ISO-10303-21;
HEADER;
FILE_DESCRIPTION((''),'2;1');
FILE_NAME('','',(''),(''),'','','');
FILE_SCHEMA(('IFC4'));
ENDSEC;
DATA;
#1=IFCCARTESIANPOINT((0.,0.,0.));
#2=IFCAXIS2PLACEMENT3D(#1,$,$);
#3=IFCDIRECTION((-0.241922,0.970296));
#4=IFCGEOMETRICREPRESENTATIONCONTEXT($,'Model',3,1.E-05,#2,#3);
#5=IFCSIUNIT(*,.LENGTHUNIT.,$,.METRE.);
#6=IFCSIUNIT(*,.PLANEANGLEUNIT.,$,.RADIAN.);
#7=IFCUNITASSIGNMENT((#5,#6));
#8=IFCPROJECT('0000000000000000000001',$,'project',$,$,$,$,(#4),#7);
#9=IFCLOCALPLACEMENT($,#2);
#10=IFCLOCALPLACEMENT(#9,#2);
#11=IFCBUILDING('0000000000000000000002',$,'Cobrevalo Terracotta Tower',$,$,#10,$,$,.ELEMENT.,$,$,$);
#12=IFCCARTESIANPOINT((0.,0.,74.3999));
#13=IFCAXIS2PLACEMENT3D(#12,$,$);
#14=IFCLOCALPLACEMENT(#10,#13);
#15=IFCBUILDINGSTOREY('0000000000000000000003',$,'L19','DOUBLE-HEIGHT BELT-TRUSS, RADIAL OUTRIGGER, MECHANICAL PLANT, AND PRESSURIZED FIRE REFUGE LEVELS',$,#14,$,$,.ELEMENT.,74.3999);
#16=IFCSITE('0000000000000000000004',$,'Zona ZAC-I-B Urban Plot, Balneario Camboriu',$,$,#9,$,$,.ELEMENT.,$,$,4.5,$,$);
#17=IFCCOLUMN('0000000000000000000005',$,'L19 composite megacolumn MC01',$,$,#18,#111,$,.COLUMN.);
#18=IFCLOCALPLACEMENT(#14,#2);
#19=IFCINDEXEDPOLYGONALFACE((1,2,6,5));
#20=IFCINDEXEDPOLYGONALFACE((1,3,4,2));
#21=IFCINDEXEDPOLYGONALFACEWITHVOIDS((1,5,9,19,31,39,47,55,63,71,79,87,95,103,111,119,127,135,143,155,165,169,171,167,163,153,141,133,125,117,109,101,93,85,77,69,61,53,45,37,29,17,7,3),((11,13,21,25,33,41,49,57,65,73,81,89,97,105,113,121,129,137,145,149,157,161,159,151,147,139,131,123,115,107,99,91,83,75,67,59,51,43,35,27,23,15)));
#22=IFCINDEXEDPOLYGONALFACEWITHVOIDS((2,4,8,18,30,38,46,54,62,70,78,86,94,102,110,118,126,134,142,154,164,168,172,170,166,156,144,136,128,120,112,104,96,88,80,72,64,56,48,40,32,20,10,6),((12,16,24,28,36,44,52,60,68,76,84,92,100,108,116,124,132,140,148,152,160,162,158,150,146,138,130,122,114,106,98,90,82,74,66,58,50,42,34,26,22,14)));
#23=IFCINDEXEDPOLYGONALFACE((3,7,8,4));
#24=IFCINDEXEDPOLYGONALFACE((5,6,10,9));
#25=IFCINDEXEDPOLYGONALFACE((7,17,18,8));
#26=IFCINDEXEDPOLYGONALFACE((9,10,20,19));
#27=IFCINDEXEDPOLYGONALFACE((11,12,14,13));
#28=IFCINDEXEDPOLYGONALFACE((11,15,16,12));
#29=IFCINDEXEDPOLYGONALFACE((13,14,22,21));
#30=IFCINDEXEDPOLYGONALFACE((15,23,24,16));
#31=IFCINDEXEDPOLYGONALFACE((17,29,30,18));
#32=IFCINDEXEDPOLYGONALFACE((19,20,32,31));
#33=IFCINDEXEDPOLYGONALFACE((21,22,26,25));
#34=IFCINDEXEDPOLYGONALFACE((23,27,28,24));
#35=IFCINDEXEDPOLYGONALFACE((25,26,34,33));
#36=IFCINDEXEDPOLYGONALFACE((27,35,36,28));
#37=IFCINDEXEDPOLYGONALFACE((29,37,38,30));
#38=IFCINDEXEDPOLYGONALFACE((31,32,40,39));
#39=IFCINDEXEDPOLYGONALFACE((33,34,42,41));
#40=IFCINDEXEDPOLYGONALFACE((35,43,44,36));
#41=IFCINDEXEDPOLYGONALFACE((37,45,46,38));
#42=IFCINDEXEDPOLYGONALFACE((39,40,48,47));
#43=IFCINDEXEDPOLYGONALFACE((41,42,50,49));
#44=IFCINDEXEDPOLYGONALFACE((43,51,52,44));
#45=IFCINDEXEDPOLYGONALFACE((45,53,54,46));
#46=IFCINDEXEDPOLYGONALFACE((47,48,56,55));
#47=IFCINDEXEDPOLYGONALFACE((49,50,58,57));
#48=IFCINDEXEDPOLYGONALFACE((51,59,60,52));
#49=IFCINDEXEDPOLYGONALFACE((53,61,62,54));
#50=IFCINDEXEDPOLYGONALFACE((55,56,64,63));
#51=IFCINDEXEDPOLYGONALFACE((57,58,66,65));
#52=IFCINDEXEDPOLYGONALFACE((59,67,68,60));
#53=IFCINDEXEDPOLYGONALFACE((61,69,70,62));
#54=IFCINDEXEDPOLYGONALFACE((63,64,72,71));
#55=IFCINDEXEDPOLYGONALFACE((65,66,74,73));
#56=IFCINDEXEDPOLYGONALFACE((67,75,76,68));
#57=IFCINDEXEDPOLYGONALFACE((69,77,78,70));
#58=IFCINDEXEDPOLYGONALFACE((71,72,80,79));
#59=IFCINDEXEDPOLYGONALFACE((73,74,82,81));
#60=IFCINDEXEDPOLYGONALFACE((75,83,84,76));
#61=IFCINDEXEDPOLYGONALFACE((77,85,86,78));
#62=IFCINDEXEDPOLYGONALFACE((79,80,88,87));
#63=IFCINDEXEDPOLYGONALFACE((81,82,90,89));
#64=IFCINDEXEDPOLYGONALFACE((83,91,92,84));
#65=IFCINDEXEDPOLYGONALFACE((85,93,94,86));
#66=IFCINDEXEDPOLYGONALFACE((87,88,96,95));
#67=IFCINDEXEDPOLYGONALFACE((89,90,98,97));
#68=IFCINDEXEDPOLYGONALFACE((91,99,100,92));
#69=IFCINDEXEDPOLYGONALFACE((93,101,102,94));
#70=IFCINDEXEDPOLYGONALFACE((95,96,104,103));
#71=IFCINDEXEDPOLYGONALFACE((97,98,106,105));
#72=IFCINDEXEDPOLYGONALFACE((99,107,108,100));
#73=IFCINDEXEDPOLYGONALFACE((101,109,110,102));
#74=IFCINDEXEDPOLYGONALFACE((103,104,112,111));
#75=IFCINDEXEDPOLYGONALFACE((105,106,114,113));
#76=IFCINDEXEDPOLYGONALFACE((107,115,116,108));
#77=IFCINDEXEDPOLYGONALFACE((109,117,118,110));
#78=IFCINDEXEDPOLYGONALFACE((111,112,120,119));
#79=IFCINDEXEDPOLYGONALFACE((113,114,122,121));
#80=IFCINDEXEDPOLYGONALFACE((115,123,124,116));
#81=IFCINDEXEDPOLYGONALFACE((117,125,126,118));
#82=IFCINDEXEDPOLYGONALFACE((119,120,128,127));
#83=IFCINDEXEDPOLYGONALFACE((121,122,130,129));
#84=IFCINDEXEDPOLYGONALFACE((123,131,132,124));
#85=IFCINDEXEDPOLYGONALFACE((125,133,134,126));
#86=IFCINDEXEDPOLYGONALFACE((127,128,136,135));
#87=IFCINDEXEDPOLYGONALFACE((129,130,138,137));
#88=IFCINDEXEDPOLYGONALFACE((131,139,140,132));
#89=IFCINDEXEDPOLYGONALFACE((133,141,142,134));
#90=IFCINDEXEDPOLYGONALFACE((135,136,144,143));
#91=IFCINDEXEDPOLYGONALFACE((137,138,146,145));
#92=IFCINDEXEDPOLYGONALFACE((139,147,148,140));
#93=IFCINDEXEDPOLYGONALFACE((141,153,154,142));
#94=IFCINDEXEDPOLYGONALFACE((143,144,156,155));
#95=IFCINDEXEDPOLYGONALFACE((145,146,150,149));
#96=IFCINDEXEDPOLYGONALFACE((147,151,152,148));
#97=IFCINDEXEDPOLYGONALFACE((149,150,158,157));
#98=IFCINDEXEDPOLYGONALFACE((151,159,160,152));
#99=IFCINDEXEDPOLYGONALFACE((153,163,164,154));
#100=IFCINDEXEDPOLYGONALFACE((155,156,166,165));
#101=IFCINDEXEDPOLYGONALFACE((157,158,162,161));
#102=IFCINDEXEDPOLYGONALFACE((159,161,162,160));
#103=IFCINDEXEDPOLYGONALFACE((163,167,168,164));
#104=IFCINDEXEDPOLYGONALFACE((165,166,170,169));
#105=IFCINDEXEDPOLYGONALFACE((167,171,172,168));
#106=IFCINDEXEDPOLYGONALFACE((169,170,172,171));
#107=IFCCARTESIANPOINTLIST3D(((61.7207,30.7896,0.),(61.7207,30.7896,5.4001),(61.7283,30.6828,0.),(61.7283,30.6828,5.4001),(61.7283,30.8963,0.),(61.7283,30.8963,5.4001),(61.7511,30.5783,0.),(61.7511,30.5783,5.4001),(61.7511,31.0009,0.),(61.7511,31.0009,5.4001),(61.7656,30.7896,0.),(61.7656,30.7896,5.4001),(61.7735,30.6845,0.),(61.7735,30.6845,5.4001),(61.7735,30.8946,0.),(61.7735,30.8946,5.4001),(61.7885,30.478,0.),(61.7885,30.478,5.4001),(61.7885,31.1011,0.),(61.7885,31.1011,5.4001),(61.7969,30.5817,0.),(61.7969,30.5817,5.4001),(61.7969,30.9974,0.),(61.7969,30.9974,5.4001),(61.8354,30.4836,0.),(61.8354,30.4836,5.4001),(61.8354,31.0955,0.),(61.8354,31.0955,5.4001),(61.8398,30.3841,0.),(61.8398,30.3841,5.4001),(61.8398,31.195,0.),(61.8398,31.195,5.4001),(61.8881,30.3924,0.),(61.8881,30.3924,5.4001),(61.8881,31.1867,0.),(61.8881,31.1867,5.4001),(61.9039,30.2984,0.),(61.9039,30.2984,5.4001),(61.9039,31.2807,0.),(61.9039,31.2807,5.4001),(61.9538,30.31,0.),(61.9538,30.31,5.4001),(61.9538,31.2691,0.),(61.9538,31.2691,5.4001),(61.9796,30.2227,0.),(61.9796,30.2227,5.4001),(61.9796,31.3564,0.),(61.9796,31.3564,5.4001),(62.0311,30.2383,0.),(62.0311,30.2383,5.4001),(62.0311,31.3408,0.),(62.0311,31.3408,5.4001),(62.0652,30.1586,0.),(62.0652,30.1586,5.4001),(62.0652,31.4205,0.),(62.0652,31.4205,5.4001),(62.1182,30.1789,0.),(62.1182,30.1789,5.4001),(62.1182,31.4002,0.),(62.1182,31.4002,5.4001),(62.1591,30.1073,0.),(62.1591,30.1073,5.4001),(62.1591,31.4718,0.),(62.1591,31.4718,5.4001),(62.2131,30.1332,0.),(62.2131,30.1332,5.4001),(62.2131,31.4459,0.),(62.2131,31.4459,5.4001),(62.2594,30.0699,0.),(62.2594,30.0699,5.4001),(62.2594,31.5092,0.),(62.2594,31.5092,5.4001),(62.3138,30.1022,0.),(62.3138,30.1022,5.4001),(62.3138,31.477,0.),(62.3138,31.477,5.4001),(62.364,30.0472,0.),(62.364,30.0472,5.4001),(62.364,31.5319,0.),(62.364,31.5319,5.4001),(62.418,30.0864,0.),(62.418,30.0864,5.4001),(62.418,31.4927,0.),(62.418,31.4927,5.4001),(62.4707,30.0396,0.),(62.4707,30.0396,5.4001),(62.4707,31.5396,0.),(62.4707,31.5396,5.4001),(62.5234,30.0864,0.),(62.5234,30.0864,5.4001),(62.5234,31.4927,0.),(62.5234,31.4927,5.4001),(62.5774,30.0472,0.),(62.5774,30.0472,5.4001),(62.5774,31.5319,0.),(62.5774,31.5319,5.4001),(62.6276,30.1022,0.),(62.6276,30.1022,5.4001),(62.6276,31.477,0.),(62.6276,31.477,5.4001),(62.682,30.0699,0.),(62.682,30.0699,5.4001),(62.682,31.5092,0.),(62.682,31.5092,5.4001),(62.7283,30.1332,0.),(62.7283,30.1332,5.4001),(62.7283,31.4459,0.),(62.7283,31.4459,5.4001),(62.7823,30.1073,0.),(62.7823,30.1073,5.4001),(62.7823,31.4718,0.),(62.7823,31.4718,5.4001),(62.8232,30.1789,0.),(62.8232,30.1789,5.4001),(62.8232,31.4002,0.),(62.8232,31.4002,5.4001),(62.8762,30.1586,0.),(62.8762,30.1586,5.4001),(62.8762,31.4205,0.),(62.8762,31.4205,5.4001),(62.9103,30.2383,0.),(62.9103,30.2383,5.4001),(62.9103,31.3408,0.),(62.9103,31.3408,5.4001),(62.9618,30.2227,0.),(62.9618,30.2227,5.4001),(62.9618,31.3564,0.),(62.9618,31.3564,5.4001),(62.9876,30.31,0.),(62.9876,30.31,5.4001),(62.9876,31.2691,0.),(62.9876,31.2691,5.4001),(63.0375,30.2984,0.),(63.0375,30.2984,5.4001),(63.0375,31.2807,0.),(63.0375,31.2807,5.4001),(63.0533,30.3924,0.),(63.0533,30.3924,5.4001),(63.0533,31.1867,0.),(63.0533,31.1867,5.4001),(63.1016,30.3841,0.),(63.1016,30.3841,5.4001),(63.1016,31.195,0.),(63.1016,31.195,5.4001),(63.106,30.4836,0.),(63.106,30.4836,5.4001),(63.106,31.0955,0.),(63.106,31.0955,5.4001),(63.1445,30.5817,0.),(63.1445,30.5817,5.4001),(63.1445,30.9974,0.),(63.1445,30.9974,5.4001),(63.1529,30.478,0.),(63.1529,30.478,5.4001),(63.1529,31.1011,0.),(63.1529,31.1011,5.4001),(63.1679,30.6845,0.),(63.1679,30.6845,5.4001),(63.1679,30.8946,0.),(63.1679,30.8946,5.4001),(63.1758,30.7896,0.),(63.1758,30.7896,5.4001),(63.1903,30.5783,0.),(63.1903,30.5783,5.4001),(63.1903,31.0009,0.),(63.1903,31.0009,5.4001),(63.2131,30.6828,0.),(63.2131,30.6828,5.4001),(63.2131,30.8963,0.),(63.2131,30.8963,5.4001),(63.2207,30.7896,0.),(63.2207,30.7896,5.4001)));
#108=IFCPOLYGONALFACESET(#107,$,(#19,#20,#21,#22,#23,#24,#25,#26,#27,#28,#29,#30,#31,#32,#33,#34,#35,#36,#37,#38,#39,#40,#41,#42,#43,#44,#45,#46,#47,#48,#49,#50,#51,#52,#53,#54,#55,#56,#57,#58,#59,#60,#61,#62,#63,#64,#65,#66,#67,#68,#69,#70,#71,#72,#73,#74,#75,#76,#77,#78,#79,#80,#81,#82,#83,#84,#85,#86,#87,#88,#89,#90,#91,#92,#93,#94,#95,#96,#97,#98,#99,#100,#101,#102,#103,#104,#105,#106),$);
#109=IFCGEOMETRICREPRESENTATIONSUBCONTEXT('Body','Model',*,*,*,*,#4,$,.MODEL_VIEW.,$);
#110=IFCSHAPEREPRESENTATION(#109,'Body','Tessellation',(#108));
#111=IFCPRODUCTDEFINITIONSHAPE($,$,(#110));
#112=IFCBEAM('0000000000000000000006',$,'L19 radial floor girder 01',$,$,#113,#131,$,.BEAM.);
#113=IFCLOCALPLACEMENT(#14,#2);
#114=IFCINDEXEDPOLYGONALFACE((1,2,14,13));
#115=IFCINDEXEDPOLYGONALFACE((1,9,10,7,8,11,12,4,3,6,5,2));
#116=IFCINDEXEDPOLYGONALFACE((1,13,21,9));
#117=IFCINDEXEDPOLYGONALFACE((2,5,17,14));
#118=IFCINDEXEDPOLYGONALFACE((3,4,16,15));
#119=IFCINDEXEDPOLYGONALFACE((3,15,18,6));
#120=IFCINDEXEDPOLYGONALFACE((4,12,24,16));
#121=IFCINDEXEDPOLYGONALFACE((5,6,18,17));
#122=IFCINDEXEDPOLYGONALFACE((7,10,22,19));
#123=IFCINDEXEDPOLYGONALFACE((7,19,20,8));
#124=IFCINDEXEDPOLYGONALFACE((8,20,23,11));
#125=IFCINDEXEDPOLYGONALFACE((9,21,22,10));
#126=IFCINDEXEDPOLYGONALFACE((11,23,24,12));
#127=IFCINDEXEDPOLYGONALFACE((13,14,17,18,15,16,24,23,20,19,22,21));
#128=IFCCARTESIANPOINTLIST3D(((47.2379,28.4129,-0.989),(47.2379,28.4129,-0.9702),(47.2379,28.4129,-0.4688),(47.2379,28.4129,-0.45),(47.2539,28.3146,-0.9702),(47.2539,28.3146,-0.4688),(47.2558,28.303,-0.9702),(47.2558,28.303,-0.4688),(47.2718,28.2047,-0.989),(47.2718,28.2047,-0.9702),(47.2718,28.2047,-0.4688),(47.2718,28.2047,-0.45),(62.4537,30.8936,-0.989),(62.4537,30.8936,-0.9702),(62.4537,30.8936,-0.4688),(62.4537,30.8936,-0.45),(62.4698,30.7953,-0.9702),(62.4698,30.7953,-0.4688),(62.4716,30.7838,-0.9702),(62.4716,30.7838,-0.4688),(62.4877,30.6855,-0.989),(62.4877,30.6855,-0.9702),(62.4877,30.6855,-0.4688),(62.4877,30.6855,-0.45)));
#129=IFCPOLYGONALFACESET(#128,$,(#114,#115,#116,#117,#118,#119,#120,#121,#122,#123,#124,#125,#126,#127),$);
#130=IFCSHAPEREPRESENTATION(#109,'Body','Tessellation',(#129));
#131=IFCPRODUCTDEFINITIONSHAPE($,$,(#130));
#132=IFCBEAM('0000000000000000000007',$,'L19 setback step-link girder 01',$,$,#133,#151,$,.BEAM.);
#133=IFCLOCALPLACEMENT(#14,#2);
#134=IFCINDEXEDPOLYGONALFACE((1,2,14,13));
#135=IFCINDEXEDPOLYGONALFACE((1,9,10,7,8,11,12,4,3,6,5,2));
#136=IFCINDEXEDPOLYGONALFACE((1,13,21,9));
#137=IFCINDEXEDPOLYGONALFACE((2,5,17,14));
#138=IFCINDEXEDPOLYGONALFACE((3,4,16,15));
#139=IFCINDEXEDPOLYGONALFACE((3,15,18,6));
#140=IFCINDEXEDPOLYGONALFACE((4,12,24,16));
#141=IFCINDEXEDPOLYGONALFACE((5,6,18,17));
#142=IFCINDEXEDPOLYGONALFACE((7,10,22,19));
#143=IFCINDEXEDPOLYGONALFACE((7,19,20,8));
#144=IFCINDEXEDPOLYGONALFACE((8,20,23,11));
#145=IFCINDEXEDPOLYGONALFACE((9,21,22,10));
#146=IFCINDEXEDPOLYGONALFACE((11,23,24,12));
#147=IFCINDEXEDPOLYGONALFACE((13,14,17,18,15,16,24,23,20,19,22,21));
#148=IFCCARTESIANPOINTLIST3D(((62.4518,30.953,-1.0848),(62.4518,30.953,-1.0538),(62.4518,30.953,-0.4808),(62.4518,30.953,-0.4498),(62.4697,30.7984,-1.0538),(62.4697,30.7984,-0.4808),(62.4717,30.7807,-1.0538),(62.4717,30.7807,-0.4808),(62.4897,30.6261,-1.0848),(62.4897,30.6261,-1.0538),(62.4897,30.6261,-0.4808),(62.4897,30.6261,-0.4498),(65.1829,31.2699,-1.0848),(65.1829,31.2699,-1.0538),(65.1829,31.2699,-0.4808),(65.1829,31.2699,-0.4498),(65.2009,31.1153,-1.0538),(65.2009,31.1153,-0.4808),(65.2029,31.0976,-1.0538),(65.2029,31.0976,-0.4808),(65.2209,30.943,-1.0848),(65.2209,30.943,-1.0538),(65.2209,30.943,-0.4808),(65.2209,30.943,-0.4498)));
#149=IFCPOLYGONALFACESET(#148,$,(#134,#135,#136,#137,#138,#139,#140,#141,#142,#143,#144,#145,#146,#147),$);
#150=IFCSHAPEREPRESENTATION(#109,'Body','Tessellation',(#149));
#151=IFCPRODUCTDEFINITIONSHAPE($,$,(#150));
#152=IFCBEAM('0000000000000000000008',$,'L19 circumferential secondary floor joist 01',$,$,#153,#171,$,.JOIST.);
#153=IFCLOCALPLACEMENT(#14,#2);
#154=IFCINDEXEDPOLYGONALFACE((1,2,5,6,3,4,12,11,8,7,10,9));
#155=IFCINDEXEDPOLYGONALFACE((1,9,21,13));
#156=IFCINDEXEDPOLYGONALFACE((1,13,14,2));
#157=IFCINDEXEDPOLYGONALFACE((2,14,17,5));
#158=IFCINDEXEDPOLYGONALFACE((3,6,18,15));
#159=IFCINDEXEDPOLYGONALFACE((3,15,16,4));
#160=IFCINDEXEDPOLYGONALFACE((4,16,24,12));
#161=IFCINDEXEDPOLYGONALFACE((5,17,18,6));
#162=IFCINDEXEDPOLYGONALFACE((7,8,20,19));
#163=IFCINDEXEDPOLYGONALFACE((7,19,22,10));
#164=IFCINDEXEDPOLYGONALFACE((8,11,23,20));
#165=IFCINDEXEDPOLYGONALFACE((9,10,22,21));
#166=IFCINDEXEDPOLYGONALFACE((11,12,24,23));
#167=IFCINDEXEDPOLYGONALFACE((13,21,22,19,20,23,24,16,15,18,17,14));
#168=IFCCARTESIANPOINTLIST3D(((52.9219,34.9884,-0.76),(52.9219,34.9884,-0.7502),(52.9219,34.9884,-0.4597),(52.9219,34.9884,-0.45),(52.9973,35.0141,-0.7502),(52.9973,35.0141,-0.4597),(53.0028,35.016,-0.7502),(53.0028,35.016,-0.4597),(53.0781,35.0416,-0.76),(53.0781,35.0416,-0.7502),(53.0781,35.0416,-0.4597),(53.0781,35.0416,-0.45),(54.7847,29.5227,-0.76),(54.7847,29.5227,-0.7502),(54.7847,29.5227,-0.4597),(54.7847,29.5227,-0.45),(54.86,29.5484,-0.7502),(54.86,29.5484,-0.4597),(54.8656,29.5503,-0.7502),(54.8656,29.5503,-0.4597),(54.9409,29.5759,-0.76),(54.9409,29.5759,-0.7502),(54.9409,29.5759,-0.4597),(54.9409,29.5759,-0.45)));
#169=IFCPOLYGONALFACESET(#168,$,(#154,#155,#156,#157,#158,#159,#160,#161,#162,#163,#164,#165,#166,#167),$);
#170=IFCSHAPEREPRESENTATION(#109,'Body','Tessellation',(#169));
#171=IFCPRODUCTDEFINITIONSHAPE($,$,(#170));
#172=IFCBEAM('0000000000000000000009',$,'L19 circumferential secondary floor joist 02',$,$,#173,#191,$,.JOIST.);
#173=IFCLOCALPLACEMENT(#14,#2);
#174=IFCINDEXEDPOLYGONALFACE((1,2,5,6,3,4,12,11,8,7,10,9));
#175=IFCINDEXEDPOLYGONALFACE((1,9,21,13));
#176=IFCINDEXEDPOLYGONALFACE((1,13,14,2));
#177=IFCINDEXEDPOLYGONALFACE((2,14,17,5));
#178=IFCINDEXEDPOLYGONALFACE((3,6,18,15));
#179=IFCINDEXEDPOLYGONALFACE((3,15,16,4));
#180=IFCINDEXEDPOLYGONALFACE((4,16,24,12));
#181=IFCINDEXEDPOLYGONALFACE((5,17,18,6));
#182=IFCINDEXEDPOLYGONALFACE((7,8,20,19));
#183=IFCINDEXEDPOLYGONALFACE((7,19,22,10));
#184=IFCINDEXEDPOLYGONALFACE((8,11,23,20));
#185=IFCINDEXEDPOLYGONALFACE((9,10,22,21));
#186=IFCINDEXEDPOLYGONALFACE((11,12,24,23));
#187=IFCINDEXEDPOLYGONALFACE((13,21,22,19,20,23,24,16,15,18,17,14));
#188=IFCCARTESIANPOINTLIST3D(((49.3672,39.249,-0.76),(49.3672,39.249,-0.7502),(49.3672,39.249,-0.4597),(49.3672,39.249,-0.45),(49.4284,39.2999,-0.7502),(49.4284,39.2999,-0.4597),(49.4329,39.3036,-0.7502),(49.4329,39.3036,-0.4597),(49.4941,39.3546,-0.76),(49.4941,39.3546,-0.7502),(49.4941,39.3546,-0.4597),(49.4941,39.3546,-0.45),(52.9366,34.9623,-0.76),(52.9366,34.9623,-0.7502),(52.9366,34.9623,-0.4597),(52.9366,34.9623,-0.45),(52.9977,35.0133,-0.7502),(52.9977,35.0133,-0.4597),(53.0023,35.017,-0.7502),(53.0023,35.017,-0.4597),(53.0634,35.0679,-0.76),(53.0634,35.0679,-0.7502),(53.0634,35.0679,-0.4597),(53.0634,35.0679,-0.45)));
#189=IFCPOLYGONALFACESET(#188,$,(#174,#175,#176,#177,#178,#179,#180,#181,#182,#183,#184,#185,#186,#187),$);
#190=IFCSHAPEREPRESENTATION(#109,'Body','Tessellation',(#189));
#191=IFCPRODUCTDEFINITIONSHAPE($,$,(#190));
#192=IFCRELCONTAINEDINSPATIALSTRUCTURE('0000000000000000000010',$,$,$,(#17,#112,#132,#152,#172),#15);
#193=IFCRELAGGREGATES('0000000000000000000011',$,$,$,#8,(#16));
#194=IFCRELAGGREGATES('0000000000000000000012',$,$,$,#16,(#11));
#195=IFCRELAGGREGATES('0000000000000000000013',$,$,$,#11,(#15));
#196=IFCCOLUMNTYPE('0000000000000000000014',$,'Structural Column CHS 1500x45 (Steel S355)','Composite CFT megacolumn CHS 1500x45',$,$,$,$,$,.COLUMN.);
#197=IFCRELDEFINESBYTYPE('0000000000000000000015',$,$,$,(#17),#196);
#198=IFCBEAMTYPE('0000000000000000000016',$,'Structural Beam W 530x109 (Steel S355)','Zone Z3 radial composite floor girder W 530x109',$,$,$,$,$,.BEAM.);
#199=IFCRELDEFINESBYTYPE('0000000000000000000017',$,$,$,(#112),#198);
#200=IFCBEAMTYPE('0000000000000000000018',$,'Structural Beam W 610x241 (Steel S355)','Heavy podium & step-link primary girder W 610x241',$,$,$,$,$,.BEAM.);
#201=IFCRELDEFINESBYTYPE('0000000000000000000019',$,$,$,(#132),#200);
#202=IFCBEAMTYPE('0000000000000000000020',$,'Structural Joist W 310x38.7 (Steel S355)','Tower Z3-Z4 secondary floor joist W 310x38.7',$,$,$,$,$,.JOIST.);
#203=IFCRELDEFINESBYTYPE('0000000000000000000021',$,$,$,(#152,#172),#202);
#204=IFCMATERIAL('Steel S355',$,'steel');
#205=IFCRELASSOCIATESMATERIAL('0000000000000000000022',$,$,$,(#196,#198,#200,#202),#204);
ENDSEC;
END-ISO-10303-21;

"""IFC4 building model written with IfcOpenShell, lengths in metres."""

from ifc_helpers import new_model, si_unit, direction, frame, origin, origin_2d, place, context, subcontext, project, spatial, hollow_circle, i_section, extrude, material, material_profile, profile_set, type_object, element, save


model = new_model("IFC4")

# Units and contexts
model_context = context("Model", 3, precision=1e-05, world=origin(), true_north=direction((-0.241922, 0.970296)))
body_context = subcontext(model_context, "Body", "Model", "MODEL_VIEW")
ifc_project = project(units=[si_unit("LENGTHUNIT", "METRE"), si_unit("PLANEANGLEUNIT", "RADIAN")], contexts=[model_context])

# Site, building, storey
site_placement = place(None, origin())
site = spatial("IfcSite", under=ifc_project, at=site_placement, Name="Zona ZAC-I-B Urban Plot, Balneario Camboriu", CompositionType="ELEMENT", RefElevation=4.5)
building_placement = place(site_placement, origin())
building = spatial("IfcBuilding", under=site, at=building_placement, Name="Cobrevalo Terracotta Tower", CompositionType="ELEMENT")
storey_placement = place(building_placement, frame((0.0, 0.0, 74.3999)))
storey = spatial("IfcBuildingStorey", under=building, at=storey_placement, Name="L19", Description="DOUBLE-HEIGHT BELT-TRUSS, RADIAL OUTRIGGER, MECHANICAL PLANT, AND PRESSURIZED FIRE REFUGE LEVELS", CompositionType="ELEMENT", Elevation=74.3999)

# Column
ifc_material_1 = material(Name="Steel S355", Category="steel")
ifc_material_profile_1 = material_profile(ifc_material_1, hollow_circle(Radius=0.75, WallThickness=0.0449, at=origin_2d()), Name="CHS 1500x45")
ifc_profile_set_1 = profile_set([ifc_material_profile_1], Name="Steel S355")
column_type = type_object("IfcColumnType", Name="Structural Column CHS 1500x45 (Steel S355)", Description="Composite CFT megacolumn CHS 1500x45", PredefinedType="COLUMN", material=ifc_profile_set_1)
column_placement = place(storey_placement, frame((62.4707, 30.7896, 0.0), z_axis=(0.0, 0.0, 1.0), x_axis=(1.0, 0.0, 0.0)))
element("IfcColumn", 1, at=column_placement, inside=storey, type_object=column_type, Name="L19 composite megacolumn MC01", PredefinedType="COLUMN", context=body_context, shape_type="SweptSolid", body=[
    extrude(hollow_circle(Radius=0.75, WallThickness=0.0449, at=origin_2d()), origin(), (0.0, 0.0, 1.0), 5.4001),
])

# Beams
ifc_material_profile_2 = material_profile(ifc_material_1, i_section(OverallWidth=0.2109, OverallDepth=0.5391, WebThickness=0.0117, FlangeThickness=0.0188, at=origin_2d()), Name="W 530x109")
ifc_profile_set_2 = profile_set([ifc_material_profile_2], Name="Steel S355")
beam_type_1 = type_object("IfcBeamType", Name="Structural Beam W 530x109 (Steel S355)", Description="Zone Z3 radial composite floor girder W 530x109", PredefinedType="BEAM", material=ifc_profile_set_2)
beam_1_placement = place(storey_placement, frame((62.4707, 30.7896, -0.7195), z_axis=(-0.986969, -0.160911, 0.0), x_axis=(0.160911, -0.986969, 0.0)))
element("IfcBeam", 2, at=beam_1_placement, inside=storey, type_object=beam_type_1, Name="L19 radial floor girder 01", PredefinedType="BEAM", context=body_context, shape_type="SweptSolid", body=[
    extrude(i_section(OverallWidth=0.2109, OverallDepth=0.5391, WebThickness=0.0117, FlangeThickness=0.0188, at=origin_2d()), origin(), (0.0, 0.0, 1.0), 15.4167),
])
ifc_material_profile_3 = material_profile(ifc_material_1, i_section(OverallWidth=0.3291, OverallDepth=0.635, WebThickness=0.0178, FlangeThickness=0.031, at=origin_2d()), Name="W 610x241")
ifc_profile_set_3 = profile_set([ifc_material_profile_3], Name="Steel S355")
beam_type_2 = type_object("IfcBeamType", Name="Structural Beam W 610x241 (Steel S355)", Description="Heavy podium & step-link primary girder W 610x241", PredefinedType="BEAM", material=ifc_profile_set_3)
beam_2_placement = place(storey_placement, frame((65.2019, 31.1064, -0.7673), z_axis=(-0.993336, -0.115254, 0.0), x_axis=(0.115254, -0.993336, 0.0)))
element("IfcBeam", 3, at=beam_2_placement, inside=storey, type_object=beam_type_2, Name="L19 setback step-link girder 01", PredefinedType="BEAM", context=body_context, shape_type="SweptSolid", body=[
    extrude(i_section(OverallWidth=0.3291, OverallDepth=0.635, WebThickness=0.0178, FlangeThickness=0.031, at=origin_2d()), origin(), (0.0, 0.0, 1.0), 2.7495),
])
ifc_material_profile_4 = material_profile(ifc_material_1, i_section(OverallWidth=0.165, OverallDepth=0.3101, WebThickness=0.0059, FlangeThickness=0.0098, at=origin_2d()), Name="W 310x38.7")
ifc_profile_set_4 = profile_set([ifc_material_profile_4], Name="Steel S355")
beam_type_3 = type_object("IfcBeamType", Name="Structural Joist W 310x38.7 (Steel S355)", Description="Tower Z3-Z4 secondary floor joist W 310x38.7", PredefinedType="JOIST", material=ifc_profile_set_4)
beam_3_placement = place(storey_placement, frame((54.8628, 29.5493, -0.605), z_axis=(-0.322588, 0.94654, 0.0), x_axis=(-0.94654, -0.322588, 0.0)))
element("IfcBeam", 4, at=beam_3_placement, inside=storey, type_object=beam_type_3, Name="L19 circumferential secondary floor joist 01", PredefinedType="JOIST", context=body_context, shape_type="SweptSolid", body=[
    extrude(i_section(OverallWidth=0.165, OverallDepth=0.3101, WebThickness=0.0059, FlangeThickness=0.0098, at=origin_2d()), origin(), (0.0, 0.0, 1.0), 5.7744),
])
beam_4_placement = place(storey_placement, frame((53.0, 35.0151, -0.605), z_axis=(-0.639883, 0.768472, 0.0), x_axis=(-0.768472, -0.639883, 0.0)))
element("IfcBeam", 5, at=beam_4_placement, inside=storey, type_object=beam_type_3, Name="L19 circumferential secondary floor joist 02", PredefinedType="JOIST", context=body_context, shape_type="SweptSolid", body=[
    extrude(i_section(OverallWidth=0.165, OverallDepth=0.3101, WebThickness=0.0059, FlangeThickness=0.0098, at=origin_2d()), origin(), (0.0, 0.0, 1.0), 5.5781),
])

save(model, "model.ifc")
